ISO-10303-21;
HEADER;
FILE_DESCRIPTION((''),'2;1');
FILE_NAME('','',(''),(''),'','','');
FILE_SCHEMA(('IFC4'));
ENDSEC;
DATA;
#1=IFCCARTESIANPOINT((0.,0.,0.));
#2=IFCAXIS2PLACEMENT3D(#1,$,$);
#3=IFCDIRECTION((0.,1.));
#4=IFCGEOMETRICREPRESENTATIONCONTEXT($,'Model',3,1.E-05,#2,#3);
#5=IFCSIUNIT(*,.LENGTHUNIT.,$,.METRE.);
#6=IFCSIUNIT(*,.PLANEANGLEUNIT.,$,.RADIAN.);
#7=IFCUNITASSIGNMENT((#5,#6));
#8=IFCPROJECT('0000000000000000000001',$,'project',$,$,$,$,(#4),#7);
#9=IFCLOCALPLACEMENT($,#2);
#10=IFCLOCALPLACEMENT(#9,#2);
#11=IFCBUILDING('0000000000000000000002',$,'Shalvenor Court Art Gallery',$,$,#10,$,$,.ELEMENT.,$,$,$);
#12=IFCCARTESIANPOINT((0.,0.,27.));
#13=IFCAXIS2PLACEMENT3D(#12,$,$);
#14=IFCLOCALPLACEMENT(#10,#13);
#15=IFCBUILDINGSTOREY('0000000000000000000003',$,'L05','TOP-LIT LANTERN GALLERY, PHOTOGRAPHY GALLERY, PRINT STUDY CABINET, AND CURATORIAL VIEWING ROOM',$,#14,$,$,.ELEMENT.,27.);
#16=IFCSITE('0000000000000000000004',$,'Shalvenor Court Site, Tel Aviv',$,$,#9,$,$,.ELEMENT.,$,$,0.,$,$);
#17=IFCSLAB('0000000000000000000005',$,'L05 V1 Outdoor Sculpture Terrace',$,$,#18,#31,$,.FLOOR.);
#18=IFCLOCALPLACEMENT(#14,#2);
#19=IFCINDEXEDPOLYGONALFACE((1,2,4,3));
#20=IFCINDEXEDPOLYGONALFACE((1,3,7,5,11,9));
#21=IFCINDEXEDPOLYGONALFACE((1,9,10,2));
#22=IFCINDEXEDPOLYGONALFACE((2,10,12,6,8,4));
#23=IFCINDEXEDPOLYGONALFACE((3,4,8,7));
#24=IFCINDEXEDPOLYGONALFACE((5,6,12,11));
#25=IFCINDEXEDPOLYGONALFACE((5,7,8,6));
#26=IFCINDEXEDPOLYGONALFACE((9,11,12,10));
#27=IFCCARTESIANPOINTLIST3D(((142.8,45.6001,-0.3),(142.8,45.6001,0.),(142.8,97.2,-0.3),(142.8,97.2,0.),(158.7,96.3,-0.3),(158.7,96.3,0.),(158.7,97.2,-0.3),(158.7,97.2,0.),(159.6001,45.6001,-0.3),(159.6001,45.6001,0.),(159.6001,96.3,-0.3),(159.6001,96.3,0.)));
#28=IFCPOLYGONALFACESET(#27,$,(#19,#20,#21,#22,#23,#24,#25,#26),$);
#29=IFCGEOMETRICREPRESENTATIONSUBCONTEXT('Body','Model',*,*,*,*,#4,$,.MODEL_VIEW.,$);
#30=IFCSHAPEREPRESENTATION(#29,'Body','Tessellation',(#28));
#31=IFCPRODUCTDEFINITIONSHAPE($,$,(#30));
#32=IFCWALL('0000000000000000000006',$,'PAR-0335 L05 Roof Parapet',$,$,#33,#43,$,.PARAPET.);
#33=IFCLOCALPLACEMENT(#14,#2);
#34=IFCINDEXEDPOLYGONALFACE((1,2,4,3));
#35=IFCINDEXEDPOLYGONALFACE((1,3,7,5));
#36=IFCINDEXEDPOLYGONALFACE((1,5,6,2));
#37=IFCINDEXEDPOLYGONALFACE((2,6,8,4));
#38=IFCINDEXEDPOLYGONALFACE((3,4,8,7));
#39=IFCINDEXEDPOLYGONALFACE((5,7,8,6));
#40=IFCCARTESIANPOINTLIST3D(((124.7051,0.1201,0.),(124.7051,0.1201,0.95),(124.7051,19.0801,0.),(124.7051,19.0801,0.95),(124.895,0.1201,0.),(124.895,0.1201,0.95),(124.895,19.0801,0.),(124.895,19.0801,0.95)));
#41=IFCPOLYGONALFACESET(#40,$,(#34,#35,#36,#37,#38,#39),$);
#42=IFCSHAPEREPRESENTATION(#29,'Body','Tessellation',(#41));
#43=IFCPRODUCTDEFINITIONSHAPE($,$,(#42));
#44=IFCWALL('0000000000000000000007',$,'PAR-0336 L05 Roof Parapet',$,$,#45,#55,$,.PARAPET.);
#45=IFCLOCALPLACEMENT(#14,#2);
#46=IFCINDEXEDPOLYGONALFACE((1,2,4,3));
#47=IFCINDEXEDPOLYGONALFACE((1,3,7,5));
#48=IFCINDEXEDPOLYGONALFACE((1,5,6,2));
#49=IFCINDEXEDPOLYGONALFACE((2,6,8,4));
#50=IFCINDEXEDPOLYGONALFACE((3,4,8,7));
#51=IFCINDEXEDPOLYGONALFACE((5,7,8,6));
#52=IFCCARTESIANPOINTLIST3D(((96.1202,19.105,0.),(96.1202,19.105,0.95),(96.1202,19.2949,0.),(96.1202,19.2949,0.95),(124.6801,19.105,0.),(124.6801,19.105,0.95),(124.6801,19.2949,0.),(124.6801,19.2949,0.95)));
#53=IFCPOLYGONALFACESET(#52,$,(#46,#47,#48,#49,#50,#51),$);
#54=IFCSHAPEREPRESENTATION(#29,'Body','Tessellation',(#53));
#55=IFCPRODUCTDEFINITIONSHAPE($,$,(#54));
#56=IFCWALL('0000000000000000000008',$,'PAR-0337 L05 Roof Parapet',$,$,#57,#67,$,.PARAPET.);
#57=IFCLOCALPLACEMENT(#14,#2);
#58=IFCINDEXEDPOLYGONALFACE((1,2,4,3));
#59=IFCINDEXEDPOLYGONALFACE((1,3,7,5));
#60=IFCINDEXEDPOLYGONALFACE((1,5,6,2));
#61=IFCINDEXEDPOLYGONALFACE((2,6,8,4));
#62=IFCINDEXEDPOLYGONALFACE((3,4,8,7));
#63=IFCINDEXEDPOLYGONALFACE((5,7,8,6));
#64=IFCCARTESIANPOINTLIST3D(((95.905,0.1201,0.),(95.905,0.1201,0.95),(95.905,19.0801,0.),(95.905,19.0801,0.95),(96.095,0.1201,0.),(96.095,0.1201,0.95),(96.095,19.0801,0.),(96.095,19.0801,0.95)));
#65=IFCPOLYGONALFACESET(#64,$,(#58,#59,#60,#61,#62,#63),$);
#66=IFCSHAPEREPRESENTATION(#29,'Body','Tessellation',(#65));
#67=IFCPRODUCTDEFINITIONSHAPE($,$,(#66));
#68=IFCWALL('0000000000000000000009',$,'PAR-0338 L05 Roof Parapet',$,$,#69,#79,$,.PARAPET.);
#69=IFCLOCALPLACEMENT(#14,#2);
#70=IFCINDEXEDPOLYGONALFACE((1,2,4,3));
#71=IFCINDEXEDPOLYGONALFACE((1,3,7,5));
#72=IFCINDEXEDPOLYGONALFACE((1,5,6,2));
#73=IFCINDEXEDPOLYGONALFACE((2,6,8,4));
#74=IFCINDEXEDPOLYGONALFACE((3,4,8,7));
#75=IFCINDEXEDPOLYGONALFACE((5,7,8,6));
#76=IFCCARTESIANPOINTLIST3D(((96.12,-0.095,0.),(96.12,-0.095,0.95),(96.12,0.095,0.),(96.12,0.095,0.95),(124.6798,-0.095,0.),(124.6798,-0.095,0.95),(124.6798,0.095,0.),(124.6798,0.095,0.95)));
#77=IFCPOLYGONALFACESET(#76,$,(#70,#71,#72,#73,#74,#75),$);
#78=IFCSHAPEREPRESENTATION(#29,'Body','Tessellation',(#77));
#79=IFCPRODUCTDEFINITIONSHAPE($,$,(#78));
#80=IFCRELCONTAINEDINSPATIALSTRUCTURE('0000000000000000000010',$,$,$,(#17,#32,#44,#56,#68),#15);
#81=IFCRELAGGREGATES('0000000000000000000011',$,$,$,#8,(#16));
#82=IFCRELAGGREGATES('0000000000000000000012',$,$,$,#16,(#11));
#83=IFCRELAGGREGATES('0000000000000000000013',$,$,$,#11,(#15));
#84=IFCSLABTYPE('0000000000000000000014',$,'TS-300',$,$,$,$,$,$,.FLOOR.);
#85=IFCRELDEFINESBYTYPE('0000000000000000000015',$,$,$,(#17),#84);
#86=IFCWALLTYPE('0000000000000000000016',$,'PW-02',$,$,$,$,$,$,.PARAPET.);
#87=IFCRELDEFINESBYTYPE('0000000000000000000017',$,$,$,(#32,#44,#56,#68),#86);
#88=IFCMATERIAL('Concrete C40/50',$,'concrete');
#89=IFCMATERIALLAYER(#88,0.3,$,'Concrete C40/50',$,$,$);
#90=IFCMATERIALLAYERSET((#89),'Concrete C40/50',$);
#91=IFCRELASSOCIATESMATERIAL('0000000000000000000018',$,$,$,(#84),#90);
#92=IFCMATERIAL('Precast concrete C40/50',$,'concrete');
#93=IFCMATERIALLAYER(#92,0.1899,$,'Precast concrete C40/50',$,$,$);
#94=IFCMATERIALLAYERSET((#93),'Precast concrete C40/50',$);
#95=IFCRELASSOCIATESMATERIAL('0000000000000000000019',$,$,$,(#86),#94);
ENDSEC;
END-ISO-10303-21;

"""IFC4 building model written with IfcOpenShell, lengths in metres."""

from ifc_helpers import new_model, si_unit, direction, frame, frame_2d, origin, place, context, subcontext, project, spatial, polyline, rectangle, outline, extrude, material, layer, layer_set, type_object, element, save


model = new_model("IFC4")

# Units and contexts
model_context = context("Model", 3, precision=1e-05, world=origin(), true_north=direction((0.0, 1.0)))
body_context = subcontext(model_context, "Body", "Model", "MODEL_VIEW")
ifc_project = project(units=[si_unit("LENGTHUNIT", "METRE"), si_unit("PLANEANGLEUNIT", "RADIAN")], contexts=[model_context])

# Site, building, storey
site_placement = place(None, origin())
site = spatial("IfcSite", under=ifc_project, at=site_placement, Name="Shalvenor Court Site, Tel Aviv", CompositionType="ELEMENT", RefElevation=0.0)
building_placement = place(site_placement, origin())
building = spatial("IfcBuilding", under=site, at=building_placement, Name="Shalvenor Court Art Gallery", CompositionType="ELEMENT")
storey_placement = place(building_placement, frame((0.0, 0.0, 27.0)))
storey = spatial("IfcBuildingStorey", under=building, at=storey_placement, Name="L05", Description="TOP-LIT LANTERN GALLERY, PHOTOGRAPHY GALLERY, PRINT STUDY CABINET, AND CURATORIAL VIEWING ROOM", CompositionType="ELEMENT", Elevation=27.0)

# Slab
ifc_material_1 = material(Name="Concrete C40/50", Category="concrete")
ifc_layer_1 = layer(ifc_material_1, 0.3, Name="Concrete C40/50")
ifc_layer_set_1 = layer_set([ifc_layer_1], Name="Concrete C40/50")
slab_type_1 = type_object("IfcSlabType", Name="TS-300", PredefinedType="FLOOR", material=ifc_layer_set_1)
slab_1_placement = place(storey_placement, frame((0.0, 0.0, -0.3)))
element("IfcSlab", 1, at=slab_1_placement, inside=storey, type_object=slab_type_1, Name="L05 V1 Outdoor Sculpture Terrace", PredefinedType="FLOOR", context=body_context, shape_type="SweptSolid", body=[
    extrude(outline(polyline([(159.6001, 45.6001), (142.8, 45.6001), (142.8, 97.2), (158.7, 97.2), (158.7, 96.3), (159.6001, 96.3), (159.6001, 45.6001)])), origin(), (0.0, 0.0, 1.0), 0.3),
])

# Walls
ifc_material_2 = material(Name="Precast concrete C40/50", Category="concrete")
ifc_layer_2 = layer(ifc_material_2, 0.1899, Name="Precast concrete C40/50")
ifc_layer_set_2 = layer_set([ifc_layer_2], Name="Precast concrete C40/50")
wall_type = type_object("IfcWallType", Name="PW-02", PredefinedType="PARAPET", material=ifc_layer_set_2)
wall_1_placement = place(storey_placement, frame((124.8, 0.1201, 0.0), z_axis=(0.0, 0.0, 1.0), x_axis=(0.0, 1.0, 0.0)))
element("IfcWall", 2, at=wall_1_placement, inside=storey, type_object=wall_type, Name="PAR-0335 L05 Roof Parapet", PredefinedType="PARAPET", context=body_context, shape_type="SweptSolid", body=[
    extrude(rectangle(XDim=18.96, YDim=0.1899, at=frame_2d((9.48, 0.0))), origin(), (0.0, 0.0, 1.0), 0.95),
])
wall_2_placement = place(storey_placement, frame((124.6799, 19.2, 0.0), z_axis=(0.0, 0.0, 1.0), x_axis=(-1.0, 0.0, 0.0)))
element("IfcWall", 3, at=wall_2_placement, inside=storey, type_object=wall_type, Name="PAR-0336 L05 Roof Parapet", PredefinedType="PARAPET", context=body_context, shape_type="SweptSolid", body=[
    extrude(rectangle(XDim=28.5598, YDim=0.1899, at=frame_2d((14.2798, 0.0))), origin(), (0.0, 0.0, 1.0), 0.95),
])
wall_3_placement = place(storey_placement, frame((96.0, 19.0801, 0.0), z_axis=(0.0, 0.0, 1.0), x_axis=(0.0, -1.0, 0.0)))
element("IfcWall", 4, at=wall_3_placement, inside=storey, type_object=wall_type, Name="PAR-0337 L05 Roof Parapet", PredefinedType="PARAPET", context=body_context, shape_type="SweptSolid", body=[
    extrude(rectangle(XDim=18.96, YDim=0.1899, at=frame_2d((9.48, 0.0))), origin(), (0.0, 0.0, 1.0), 0.95),
])
wall_4_placement = place(storey_placement, frame((96.1201, 0.0, 0.0), z_axis=(0.0, 0.0, 1.0), x_axis=(1.0, 0.0, 0.0)))
element("IfcWall", 5, at=wall_4_placement, inside=storey, type_object=wall_type, Name="PAR-0338 L05 Roof Parapet", PredefinedType="PARAPET", context=body_context, shape_type="SweptSolid", body=[
    extrude(rectangle(XDim=28.5598, YDim=0.1899, at=frame_2d((14.2798, 0.0))), origin(), (0.0, 0.0, 1.0), 0.95),
])

save(model, "model.ifc")
